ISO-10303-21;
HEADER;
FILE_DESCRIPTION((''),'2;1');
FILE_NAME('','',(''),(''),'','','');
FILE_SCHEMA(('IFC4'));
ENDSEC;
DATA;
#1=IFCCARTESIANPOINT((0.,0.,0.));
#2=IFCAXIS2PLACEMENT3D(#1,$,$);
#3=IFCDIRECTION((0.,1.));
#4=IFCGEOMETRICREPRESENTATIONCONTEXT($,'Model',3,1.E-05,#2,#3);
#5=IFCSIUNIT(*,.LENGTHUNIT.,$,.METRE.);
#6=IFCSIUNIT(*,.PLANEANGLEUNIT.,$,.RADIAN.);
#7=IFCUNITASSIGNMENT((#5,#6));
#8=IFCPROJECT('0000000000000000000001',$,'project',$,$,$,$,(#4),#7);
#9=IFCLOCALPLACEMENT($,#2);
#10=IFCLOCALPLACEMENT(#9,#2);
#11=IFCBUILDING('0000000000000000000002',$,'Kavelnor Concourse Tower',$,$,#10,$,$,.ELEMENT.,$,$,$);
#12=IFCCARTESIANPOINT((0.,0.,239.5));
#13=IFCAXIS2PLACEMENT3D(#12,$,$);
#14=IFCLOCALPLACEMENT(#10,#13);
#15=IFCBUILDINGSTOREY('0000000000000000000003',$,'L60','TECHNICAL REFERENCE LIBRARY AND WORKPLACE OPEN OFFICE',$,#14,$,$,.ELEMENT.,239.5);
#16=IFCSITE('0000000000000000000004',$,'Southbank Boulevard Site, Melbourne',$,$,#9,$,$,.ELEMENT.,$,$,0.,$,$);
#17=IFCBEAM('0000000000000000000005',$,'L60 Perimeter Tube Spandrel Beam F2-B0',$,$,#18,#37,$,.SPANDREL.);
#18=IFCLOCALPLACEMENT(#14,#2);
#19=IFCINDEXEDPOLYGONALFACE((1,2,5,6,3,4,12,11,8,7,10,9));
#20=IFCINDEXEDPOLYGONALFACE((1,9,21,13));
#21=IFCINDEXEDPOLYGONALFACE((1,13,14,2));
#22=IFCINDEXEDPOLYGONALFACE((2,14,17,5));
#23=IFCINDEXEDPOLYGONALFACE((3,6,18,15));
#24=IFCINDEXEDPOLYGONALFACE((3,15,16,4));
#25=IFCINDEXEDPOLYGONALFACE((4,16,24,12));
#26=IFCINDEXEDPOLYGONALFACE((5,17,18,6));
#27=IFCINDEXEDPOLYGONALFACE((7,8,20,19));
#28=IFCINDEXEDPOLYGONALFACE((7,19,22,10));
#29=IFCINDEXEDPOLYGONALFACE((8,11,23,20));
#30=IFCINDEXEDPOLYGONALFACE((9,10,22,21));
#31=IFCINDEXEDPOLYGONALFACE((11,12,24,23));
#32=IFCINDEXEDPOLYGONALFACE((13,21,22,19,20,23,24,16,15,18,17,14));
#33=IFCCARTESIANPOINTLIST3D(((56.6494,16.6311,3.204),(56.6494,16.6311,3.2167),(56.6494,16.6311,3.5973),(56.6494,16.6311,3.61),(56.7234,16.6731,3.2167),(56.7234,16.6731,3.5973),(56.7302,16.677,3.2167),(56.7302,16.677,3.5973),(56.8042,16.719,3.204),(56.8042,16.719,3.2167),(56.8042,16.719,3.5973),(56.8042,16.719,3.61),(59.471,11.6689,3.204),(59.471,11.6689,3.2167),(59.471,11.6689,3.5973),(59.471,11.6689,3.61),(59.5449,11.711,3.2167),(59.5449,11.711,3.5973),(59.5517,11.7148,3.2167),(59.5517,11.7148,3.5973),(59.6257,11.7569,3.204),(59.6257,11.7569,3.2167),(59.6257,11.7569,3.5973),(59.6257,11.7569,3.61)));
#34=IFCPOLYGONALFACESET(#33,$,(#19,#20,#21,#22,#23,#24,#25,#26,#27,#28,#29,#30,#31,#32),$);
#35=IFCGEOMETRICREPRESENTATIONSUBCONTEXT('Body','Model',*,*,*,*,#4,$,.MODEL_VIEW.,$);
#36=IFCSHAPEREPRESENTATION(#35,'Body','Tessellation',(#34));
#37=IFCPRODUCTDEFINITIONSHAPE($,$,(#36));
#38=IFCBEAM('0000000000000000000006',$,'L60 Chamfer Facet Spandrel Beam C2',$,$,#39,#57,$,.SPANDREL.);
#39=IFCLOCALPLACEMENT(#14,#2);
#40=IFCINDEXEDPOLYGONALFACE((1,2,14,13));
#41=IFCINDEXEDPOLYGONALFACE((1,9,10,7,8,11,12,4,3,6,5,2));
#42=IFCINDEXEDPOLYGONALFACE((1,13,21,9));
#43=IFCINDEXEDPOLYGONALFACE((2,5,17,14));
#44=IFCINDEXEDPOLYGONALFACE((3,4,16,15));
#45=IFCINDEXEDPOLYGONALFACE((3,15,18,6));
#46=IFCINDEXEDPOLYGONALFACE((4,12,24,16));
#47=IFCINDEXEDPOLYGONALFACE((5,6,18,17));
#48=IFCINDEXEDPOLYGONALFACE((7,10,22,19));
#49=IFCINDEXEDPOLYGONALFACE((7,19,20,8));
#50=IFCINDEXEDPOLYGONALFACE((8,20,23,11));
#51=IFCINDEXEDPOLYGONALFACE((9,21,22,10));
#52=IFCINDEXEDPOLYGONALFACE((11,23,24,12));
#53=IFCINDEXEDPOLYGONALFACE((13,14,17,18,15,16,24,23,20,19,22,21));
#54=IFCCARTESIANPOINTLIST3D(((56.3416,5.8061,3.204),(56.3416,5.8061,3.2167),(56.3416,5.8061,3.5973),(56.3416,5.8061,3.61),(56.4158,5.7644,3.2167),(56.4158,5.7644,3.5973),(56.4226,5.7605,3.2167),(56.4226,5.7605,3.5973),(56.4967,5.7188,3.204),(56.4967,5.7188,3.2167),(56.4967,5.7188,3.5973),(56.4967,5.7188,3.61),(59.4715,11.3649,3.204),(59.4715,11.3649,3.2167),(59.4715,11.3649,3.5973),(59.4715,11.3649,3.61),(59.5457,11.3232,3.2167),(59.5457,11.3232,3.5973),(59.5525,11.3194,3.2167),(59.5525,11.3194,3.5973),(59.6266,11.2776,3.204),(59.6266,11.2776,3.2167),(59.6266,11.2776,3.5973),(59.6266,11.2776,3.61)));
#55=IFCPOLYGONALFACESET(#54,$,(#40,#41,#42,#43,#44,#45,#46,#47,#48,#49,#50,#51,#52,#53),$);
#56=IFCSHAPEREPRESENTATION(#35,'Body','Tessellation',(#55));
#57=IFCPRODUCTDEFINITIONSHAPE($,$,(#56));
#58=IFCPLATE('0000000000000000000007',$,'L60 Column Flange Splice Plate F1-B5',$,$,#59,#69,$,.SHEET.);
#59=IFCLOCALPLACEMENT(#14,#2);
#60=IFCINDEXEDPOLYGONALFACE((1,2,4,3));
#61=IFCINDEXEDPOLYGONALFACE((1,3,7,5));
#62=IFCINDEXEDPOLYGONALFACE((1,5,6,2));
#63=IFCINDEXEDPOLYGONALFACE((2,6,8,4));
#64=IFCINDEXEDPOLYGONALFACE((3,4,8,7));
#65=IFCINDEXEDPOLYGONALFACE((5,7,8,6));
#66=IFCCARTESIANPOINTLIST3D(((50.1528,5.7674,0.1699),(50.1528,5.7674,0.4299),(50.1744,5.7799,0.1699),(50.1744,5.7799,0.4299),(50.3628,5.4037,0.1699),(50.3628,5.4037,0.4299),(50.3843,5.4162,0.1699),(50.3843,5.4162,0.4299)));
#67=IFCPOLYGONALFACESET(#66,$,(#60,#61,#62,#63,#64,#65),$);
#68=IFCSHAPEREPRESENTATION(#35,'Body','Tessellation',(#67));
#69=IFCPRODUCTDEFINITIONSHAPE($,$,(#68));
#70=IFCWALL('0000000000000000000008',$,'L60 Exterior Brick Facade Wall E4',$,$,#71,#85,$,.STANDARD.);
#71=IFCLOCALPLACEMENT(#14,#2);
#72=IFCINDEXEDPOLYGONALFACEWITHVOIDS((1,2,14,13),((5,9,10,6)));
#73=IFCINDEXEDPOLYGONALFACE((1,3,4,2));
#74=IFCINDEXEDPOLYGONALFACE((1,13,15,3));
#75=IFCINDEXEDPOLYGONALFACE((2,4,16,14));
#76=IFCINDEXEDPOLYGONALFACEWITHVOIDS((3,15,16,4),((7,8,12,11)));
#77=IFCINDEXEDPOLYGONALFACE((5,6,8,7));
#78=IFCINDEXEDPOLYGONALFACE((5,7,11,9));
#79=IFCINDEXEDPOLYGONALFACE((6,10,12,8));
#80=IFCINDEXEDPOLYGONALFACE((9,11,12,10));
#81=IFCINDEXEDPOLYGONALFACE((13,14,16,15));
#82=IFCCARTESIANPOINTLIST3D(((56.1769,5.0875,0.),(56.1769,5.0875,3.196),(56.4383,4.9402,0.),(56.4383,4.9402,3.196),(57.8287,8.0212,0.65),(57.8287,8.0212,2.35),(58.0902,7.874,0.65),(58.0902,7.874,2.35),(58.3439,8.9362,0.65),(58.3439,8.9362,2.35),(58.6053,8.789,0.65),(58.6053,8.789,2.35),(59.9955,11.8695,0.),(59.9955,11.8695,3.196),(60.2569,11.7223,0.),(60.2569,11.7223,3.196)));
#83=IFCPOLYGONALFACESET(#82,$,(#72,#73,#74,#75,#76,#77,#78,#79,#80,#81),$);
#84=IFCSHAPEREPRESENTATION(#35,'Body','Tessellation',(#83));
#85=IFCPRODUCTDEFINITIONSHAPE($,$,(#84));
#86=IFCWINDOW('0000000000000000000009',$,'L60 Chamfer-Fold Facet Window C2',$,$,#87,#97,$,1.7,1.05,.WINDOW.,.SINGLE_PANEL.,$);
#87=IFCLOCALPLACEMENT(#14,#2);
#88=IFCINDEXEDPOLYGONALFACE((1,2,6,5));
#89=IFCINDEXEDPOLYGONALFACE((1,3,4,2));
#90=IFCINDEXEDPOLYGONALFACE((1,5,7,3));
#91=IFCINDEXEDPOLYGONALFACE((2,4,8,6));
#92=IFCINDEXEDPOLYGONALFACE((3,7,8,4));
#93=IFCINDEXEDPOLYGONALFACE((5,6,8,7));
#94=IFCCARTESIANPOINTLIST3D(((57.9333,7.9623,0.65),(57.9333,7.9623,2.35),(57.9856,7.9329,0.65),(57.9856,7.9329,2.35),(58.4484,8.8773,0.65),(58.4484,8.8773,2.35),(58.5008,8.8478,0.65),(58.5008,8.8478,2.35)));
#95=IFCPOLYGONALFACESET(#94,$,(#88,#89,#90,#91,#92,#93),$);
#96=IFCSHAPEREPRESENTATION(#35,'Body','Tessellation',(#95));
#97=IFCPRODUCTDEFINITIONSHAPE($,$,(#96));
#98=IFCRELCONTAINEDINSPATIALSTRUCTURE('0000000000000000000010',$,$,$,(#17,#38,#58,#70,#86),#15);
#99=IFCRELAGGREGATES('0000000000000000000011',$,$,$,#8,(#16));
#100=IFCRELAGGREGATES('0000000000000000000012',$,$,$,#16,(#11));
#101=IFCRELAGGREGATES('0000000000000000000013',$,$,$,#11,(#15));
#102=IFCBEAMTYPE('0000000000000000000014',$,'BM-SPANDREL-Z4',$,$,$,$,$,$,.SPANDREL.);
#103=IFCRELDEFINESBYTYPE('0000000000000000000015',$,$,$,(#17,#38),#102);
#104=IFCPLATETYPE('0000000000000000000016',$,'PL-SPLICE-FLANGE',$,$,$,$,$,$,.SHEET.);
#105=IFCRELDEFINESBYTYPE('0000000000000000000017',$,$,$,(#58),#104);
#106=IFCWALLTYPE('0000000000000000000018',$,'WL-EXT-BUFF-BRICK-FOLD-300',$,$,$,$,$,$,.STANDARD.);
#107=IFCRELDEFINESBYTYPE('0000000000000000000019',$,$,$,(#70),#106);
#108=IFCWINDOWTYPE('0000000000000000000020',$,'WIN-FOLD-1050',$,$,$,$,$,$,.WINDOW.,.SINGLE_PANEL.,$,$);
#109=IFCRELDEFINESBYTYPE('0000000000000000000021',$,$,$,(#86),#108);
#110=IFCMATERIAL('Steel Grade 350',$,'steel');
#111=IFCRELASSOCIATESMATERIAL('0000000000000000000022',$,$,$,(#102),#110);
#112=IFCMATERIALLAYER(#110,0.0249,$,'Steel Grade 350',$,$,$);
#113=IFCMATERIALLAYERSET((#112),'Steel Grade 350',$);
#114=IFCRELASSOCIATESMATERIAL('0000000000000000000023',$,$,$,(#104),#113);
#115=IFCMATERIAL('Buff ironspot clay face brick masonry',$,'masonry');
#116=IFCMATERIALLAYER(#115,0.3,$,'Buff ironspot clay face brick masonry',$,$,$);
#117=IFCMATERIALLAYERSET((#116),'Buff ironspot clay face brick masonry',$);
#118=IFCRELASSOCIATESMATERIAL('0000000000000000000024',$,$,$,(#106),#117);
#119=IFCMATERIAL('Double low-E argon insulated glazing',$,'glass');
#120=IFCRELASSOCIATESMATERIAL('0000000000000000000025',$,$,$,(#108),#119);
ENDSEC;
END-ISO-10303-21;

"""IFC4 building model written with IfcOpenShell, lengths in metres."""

from ifc_helpers import new_model, si_unit, direction, frame, frame_2d, origin, origin_2d, place, context, subcontext, project, spatial, rectangle, i_section, extrude, material, layer, layer_set, material_profile, profile_set, type_object, element, fill, save


model = new_model("IFC4")

# Units and contexts
model_context = context("Model", 3, precision=1e-05, world=origin(), true_north=direction((0.0, 1.0)))
body_context = subcontext(model_context, "Body", "Model", "MODEL_VIEW")
ifc_project = project(units=[si_unit("LENGTHUNIT", "METRE"), si_unit("PLANEANGLEUNIT", "RADIAN")], contexts=[model_context])

# Site, building, storey
site_placement = place(None, origin())
site = spatial("IfcSite", under=ifc_project, at=site_placement, Name="Southbank Boulevard Site, Melbourne", CompositionType="ELEMENT", RefElevation=0.0)
building_placement = place(site_placement, origin())
building = spatial("IfcBuilding", under=site, at=building_placement, Name="Kavelnor Concourse Tower", CompositionType="ELEMENT")
storey_placement = place(building_placement, frame((0.0, 0.0, 239.5)))
storey = spatial("IfcBuildingStorey", under=building, at=storey_placement, Name="L60", Description="TECHNICAL REFERENCE LIBRARY AND WORKPLACE OPEN OFFICE", CompositionType="ELEMENT", Elevation=239.5)

# Shared definitions
ifc_material_1 = material(Name="Steel Grade 350", Category="steel")

# Beams
ifc_material_profile_1 = material_profile(ifc_material_1, i_section(OverallWidth=0.178, OverallDepth=0.406, WebThickness=0.0078, FlangeThickness=0.0127, at=origin_2d()), Name="410UB59")
ifc_profile_set_1 = profile_set([ifc_material_profile_1], Name="Steel Grade 350")
beam_type_1 = type_object("IfcBeamType", Name="BM-SPANDREL-Z4", PredefinedType="SPANDREL", material=ifc_profile_set_1)
beam_1_placement = place(storey_placement, frame((59.5483, 11.7129, 3.407), z_axis=(-0.494291, 0.869297, 0.0), x_axis=(-0.869297, -0.494291, 0.0)))
element("IfcBeam", 1, at=beam_1_placement, inside=storey, type_object=beam_type_1, Name="L60 Perimeter Tube Spandrel Beam F2-B0", PredefinedType="SPANDREL", context=body_context, shape_type="SweptSolid", body=[
    extrude(i_section(OverallWidth=0.178, OverallDepth=0.406, WebThickness=0.0078, FlangeThickness=0.0127, at=origin_2d()), origin(), (0.0, 0.0, 1.0), 5.7083),
])
beam_2_placement = place(storey_placement, frame((56.4192, 5.7625, 3.407), z_axis=(0.490623, 0.871372, 0.0), x_axis=(-0.871372, 0.490623, 0.0)))
element("IfcBeam", 2, at=beam_2_placement, inside=storey, type_object=beam_type_1, Name="L60 Chamfer Facet Spandrel Beam C2", PredefinedType="SPANDREL", context=body_context, shape_type="SweptSolid", body=[
    extrude(i_section(OverallWidth=0.178, OverallDepth=0.406, WebThickness=0.0078, FlangeThickness=0.0127, at=origin_2d()), origin(), (0.0, 0.0, 1.0), 6.3794),
])

# Plate
ifc_layer_1 = layer(ifc_material_1, 0.0249, Name="Steel Grade 350")
ifc_layer_set_1 = layer_set([ifc_layer_1], Name="Steel Grade 350")
plate_type = type_object("IfcPlateType", Name="PL-SPLICE-FLANGE", PredefinedType="SHEET", material=ifc_layer_set_1)
plate_placement = place(storey_placement, frame((50.2686, 5.5918, 0.1699), z_axis=(0.0, 0.0, 1.0), x_axis=(-0.5, 0.866025, 0.0)))
element("IfcPlate", 3, at=plate_placement, inside=storey, type_object=plate_type, Name="L60 Column Flange Splice Plate F1-B5", PredefinedType="SHEET", context=body_context, shape_type="SweptSolid", body=[
    extrude(rectangle(XDim=0.4199, YDim=0.0249, at=origin_2d()), origin(), (0.0, 0.0, 1.0), 0.26),
])

# Wall, opening, window
ifc_material_2 = material(Name="Buff ironspot clay face brick masonry", Category="masonry")
ifc_layer_2 = layer(ifc_material_2, 0.3, Name="Buff ironspot clay face brick masonry")
ifc_layer_set_2 = layer_set([ifc_layer_2], Name="Buff ironspot clay face brick masonry")
wall_type_1 = type_object("IfcWallType", Name="WL-EXT-BUFF-BRICK-FOLD-300", PredefinedType="STANDARD", material=ifc_layer_set_2)
wall_1_placement = place(storey_placement, frame((60.1262, 11.7959, 0.0), z_axis=(0.0, 0.0, 1.0), x_axis=(-0.490626, -0.87137, 0.0)))
wall_1 = element("IfcWall", 4, at=wall_1_placement, inside=storey, type_object=wall_type_1, Name="L60 Exterior Brick Facade Wall E4", PredefinedType="STANDARD", context=body_context, shape_type="SweptSolid", body=[
    extrude(rectangle(XDim=7.7832, YDim=0.3, at=frame_2d((3.8916, 0.0))), origin(), (0.0, 0.0, 1.0), 3.196),
])
opening_1_placement = place(wall_1_placement, frame((3.3665, 0.0, 0.6499)))
opening_1 = element("IfcOpeningElement", 5, at=opening_1_placement, cuts=wall_1, PredefinedType="OPENING", context=body_context, shape_type="SweptSolid", body=[
    extrude(rectangle(XDim=1.05, YDim=1.7, at=frame_2d((0.5249, 0.8501))), frame((0.0, 0.1602, 0.0), z_axis=(0.0, -1.0, 0.0), x_axis=(1.0, 0.0, 0.0)), (0.0, 0.0, 1.0), 0.3201),
])
ifc_material_3 = material(Name="Double low-E argon insulated glazing", Category="glass")
window_type_1 = type_object("IfcWindowType", Name="WIN-FOLD-1050", PartitioningType="SINGLE_PANEL", PredefinedType="WINDOW", material=ifc_material_3)
window_1_placement = place(opening_1_placement, origin())
window_1 = element("IfcWindow", 6, at=window_1_placement, inside=storey, type_object=window_type_1, Name="L60 Chamfer-Fold Facet Window C2", OverallHeight=1.7, OverallWidth=1.05, PartitioningType="SINGLE_PANEL", PredefinedType="WINDOW", context=body_context, shape_type="SweptSolid", body=[
    extrude(rectangle(XDim=1.05, YDim=1.7, at=frame_2d((0.5249, 0.8501))), frame((0.0, 0.03, 0.0), z_axis=(0.0, -1.0, 0.0), x_axis=(1.0, 0.0, 0.0)), (0.0, 0.0, 1.0), 0.0601),
])
fill(opening_1, window_1)

save(model, "model.ifc")
